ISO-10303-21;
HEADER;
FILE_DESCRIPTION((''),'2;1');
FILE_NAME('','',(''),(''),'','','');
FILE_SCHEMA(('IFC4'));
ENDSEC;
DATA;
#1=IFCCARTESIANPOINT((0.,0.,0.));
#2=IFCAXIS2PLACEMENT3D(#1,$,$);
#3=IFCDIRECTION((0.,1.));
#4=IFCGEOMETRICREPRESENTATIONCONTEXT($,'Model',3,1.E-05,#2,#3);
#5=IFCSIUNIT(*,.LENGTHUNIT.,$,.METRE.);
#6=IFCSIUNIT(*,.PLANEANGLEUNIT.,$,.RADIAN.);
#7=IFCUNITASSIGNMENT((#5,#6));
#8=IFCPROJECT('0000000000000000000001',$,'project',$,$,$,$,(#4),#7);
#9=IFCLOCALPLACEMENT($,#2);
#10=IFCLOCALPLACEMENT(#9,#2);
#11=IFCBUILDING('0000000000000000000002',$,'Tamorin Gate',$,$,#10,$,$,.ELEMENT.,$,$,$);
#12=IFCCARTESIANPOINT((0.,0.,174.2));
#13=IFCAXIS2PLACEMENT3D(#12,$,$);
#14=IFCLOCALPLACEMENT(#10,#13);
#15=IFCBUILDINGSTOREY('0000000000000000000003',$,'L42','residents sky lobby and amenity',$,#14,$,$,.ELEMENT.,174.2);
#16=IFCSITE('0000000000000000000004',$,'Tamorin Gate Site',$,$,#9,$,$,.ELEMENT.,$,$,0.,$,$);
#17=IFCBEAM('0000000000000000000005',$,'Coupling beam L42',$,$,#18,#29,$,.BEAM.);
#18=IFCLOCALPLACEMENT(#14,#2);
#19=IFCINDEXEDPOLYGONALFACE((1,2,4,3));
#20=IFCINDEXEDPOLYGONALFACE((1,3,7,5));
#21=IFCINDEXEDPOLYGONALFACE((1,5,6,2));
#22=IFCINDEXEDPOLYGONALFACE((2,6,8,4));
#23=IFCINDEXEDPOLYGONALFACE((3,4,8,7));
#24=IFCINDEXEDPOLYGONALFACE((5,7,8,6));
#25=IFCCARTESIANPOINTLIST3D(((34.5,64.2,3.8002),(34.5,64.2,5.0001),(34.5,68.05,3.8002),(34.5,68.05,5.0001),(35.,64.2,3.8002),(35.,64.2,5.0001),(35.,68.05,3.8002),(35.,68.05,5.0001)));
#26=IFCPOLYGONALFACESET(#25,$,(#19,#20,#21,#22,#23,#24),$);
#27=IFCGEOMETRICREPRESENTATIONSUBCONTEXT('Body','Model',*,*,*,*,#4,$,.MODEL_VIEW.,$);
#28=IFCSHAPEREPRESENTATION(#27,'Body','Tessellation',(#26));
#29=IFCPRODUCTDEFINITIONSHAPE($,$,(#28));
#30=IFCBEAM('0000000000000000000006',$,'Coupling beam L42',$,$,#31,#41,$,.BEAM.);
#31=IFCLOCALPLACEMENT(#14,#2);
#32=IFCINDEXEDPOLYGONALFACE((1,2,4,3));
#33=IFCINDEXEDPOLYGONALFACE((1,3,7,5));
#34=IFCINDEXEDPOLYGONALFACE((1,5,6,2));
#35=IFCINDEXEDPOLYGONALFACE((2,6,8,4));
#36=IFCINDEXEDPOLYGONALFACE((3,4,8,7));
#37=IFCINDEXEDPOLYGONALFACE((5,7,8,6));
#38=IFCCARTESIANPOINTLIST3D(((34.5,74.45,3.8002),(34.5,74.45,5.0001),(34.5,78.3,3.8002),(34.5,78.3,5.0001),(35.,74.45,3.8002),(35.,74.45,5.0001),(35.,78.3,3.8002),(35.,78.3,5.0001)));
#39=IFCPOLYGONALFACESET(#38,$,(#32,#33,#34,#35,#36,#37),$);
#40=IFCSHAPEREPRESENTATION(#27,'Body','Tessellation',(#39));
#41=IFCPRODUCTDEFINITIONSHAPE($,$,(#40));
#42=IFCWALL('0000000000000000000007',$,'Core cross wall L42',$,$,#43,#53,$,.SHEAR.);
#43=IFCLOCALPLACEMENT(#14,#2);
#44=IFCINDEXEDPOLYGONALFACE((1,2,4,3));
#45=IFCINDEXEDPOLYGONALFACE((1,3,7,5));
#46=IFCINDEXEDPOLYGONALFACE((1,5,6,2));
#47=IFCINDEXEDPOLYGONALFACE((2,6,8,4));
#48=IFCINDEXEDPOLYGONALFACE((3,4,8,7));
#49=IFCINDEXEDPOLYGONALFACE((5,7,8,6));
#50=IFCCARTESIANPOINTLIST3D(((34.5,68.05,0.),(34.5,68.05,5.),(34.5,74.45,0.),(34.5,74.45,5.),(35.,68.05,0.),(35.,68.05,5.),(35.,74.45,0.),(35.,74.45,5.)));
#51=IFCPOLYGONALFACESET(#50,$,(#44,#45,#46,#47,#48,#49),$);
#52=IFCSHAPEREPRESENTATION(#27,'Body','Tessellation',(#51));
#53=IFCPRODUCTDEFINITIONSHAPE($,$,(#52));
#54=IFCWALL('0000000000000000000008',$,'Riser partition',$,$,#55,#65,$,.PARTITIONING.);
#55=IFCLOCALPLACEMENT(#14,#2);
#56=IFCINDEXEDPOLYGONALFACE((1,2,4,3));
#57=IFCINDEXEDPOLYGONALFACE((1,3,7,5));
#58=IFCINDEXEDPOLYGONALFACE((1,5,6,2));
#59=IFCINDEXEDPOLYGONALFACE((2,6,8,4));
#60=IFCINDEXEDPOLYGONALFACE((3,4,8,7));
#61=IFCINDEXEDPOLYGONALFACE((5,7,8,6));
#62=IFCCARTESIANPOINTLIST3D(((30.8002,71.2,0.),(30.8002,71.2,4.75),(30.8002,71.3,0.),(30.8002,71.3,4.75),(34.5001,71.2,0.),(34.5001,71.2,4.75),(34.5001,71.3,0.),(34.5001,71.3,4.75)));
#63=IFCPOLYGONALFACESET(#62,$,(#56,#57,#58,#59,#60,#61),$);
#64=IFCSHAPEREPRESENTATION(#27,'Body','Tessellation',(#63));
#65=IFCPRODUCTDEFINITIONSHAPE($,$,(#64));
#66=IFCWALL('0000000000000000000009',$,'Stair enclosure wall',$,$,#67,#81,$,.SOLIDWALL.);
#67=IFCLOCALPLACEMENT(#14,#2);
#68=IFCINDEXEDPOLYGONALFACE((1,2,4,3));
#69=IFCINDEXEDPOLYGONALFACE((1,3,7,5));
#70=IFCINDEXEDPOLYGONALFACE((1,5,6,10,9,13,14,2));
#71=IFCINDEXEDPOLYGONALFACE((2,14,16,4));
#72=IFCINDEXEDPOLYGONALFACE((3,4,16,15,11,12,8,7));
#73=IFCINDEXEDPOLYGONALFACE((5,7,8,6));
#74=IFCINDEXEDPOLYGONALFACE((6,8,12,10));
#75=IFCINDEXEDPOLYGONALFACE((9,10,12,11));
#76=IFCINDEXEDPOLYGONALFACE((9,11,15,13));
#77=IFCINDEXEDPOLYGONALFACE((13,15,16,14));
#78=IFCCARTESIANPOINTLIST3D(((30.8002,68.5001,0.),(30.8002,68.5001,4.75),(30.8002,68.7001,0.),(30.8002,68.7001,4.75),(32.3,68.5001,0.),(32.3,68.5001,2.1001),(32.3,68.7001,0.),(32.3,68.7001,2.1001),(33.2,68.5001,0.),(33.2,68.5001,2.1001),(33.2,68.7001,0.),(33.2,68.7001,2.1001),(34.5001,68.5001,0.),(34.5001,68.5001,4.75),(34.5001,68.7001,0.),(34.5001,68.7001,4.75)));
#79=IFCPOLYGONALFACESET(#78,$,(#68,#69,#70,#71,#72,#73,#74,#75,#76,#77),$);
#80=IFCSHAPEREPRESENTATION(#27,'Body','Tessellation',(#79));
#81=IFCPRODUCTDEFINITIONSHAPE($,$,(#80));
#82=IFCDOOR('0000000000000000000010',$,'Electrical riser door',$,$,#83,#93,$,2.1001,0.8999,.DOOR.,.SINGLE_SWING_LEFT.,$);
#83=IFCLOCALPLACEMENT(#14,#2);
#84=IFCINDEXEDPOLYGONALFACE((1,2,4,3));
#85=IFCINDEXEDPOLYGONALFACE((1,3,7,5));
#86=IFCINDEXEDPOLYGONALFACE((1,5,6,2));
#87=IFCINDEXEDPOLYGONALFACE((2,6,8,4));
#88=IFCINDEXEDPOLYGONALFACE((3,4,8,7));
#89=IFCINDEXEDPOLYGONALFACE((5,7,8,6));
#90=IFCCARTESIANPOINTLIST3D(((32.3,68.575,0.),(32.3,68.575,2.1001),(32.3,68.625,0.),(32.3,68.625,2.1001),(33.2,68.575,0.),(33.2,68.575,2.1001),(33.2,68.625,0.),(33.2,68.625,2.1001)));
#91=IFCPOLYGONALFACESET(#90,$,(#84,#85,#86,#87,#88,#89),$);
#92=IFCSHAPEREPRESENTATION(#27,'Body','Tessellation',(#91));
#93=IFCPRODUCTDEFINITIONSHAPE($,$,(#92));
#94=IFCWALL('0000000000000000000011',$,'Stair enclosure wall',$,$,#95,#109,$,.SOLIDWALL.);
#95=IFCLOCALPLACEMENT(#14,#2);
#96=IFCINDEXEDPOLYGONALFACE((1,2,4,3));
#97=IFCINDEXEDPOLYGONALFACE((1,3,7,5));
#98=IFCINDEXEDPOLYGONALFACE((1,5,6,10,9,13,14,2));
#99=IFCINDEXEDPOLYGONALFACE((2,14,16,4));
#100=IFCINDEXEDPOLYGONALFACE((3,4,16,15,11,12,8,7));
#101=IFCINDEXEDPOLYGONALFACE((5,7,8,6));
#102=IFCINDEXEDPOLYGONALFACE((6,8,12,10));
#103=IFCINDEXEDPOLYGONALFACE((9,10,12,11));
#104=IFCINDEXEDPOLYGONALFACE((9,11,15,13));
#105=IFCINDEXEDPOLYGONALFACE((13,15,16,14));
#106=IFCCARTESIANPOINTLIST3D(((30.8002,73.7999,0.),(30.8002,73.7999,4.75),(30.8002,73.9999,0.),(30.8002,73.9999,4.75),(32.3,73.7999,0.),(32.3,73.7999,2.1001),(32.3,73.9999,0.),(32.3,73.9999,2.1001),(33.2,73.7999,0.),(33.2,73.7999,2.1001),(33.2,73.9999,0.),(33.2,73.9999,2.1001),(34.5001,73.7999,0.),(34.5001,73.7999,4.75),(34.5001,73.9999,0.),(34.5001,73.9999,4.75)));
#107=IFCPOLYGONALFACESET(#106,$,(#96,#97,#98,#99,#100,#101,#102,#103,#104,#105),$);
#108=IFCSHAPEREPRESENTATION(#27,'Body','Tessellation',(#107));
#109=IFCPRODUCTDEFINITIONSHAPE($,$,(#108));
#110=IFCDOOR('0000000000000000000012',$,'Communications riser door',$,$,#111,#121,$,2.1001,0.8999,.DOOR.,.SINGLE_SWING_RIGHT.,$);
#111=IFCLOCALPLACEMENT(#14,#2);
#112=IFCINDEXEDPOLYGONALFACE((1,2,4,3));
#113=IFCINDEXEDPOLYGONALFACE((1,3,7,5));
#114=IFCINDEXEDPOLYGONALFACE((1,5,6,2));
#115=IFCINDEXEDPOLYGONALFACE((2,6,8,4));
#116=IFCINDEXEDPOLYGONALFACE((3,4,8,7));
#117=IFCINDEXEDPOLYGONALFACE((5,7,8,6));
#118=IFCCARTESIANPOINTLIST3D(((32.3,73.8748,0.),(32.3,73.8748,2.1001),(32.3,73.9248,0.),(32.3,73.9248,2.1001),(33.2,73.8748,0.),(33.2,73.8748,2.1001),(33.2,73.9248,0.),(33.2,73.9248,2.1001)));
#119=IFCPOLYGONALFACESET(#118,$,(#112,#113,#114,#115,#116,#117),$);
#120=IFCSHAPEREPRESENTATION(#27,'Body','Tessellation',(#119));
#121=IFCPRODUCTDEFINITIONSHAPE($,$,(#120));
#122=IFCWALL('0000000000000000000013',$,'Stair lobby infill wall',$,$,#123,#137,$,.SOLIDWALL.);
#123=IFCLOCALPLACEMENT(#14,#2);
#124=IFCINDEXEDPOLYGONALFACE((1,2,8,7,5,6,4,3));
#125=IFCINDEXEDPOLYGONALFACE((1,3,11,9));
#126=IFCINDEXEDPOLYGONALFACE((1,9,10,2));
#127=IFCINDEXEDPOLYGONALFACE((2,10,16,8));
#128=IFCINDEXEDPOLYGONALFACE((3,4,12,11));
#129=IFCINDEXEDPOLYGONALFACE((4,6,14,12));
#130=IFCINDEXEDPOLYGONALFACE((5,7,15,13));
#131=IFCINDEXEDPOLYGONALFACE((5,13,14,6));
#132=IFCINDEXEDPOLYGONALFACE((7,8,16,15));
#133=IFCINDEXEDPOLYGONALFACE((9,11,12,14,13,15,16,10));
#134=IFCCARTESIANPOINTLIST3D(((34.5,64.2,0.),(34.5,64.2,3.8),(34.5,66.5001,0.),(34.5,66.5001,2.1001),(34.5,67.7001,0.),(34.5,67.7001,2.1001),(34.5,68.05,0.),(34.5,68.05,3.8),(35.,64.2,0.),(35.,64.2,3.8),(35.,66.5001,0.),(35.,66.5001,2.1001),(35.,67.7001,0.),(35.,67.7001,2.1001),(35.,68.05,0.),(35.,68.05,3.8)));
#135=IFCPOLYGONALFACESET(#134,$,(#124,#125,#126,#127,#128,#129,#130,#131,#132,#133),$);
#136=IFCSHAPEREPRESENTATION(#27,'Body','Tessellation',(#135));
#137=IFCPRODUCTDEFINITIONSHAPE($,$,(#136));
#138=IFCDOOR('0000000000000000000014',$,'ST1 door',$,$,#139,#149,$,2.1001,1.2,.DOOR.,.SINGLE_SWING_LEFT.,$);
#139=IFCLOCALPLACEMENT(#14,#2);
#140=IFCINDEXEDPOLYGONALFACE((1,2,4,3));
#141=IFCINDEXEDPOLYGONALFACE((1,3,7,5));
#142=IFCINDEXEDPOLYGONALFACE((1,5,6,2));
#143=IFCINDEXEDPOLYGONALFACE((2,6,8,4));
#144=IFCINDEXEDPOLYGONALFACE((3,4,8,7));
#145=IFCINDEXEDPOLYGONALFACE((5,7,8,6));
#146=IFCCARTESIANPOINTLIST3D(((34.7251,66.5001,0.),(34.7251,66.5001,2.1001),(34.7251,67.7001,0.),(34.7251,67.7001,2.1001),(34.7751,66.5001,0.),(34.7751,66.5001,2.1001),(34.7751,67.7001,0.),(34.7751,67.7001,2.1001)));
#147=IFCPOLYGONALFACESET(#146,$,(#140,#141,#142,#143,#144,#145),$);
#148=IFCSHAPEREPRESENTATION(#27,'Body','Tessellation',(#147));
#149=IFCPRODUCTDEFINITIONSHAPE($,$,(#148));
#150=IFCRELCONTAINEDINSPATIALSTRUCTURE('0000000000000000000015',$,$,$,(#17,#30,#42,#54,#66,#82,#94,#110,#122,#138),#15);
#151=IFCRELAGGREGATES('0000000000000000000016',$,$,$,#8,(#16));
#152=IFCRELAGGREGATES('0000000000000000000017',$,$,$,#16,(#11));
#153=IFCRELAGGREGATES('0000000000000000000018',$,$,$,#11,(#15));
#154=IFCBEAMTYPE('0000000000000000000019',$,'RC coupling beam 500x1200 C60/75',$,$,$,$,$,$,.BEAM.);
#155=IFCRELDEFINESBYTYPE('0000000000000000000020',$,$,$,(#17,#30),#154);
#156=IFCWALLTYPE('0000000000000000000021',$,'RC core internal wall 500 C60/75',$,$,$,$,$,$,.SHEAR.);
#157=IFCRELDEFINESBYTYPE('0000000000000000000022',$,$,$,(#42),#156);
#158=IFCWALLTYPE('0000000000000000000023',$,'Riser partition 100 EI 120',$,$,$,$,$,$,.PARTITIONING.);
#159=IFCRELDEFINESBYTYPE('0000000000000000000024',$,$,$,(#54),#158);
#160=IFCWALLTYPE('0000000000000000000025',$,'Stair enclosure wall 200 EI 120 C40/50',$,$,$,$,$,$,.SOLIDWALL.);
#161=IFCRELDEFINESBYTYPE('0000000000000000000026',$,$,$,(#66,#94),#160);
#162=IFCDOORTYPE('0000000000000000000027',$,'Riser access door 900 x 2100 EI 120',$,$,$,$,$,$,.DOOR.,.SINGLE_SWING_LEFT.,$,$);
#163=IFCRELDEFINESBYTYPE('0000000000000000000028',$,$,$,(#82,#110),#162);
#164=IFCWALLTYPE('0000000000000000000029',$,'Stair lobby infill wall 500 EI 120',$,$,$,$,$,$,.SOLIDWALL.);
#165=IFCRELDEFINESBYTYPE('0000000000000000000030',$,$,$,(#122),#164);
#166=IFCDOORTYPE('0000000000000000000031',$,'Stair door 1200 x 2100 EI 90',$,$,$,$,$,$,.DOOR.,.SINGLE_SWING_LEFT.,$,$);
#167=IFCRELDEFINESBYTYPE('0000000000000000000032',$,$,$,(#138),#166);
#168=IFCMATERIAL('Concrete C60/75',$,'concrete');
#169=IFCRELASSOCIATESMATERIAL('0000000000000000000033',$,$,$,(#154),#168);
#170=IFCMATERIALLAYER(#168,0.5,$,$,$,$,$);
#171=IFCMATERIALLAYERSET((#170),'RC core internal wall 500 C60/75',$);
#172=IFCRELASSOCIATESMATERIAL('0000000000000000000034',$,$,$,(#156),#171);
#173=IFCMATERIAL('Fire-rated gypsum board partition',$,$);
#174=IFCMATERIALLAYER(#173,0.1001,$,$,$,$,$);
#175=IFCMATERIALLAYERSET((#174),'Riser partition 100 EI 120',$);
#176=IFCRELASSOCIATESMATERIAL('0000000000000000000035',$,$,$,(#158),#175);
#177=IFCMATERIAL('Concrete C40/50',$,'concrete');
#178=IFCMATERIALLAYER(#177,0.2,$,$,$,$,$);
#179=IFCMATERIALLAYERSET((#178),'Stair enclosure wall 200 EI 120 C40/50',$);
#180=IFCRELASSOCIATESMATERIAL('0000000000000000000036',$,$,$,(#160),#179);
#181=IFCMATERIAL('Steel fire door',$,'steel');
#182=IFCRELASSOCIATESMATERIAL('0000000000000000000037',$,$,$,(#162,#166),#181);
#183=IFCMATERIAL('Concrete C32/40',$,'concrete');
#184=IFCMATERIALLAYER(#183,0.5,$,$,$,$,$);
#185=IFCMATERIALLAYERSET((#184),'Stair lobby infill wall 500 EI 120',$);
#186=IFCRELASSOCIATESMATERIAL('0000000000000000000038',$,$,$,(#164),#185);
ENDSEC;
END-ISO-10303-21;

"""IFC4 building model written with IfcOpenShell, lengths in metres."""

from ifc_helpers import new_model, si_unit, direction, frame, frame_2d, origin, origin_2d, place, context, subcontext, project, spatial, rectangle, extrude, material, layer, layer_set, material_profile, profile_set, type_object, element, fill, save


model = new_model("IFC4")

# Units and contexts
model_context = context("Model", 3, precision=1e-05, world=origin(), true_north=direction((0.0, 1.0)))
body_context = subcontext(model_context, "Body", "Model", "MODEL_VIEW")
ifc_project = project(units=[si_unit("LENGTHUNIT", "METRE"), si_unit("PLANEANGLEUNIT", "RADIAN")], contexts=[model_context])

# Site, building, storey
site_placement = place(None, origin())
site = spatial("IfcSite", under=ifc_project, at=site_placement, Name="Tamorin Gate Site", CompositionType="ELEMENT", RefElevation=0.0)
building_placement = place(site_placement, origin())
building = spatial("IfcBuilding", under=site, at=building_placement, Name="Tamorin Gate", CompositionType="ELEMENT")
storey_placement = place(building_placement, frame((0.0, 0.0, 174.2)))
storey = spatial("IfcBuildingStorey", under=building, at=storey_placement, Name="L42", Description="residents sky lobby and amenity", CompositionType="ELEMENT", Elevation=174.2)

# Beams
ifc_material_1 = material(Name="Concrete C60/75", Category="concrete")
ifc_material_profile = material_profile(ifc_material_1, rectangle(XDim=0.5, YDim=1.2, at=origin_2d()), Name="RC 500x1200")
ifc_profile_set = profile_set([ifc_material_profile], Name="Concrete C60/75")
beam_type = type_object("IfcBeamType", Name="RC coupling beam 500x1200 C60/75", PredefinedType="BEAM", material=ifc_profile_set)
for number, where, z_axis, x_axis, name in (
    (1, (34.75, 64.2, 4.4001), (0.0, 1.0, 0.0), (-1.0, 0.0, 0.0), "Coupling beam L42"),
    (2, (34.75, 74.45, 4.4001), (0.0, 1.0, 0.0), (-1.0, 0.0, 0.0), "Coupling beam L42"),
):
    element("IfcBeam", number, at=place(storey_placement, frame(where, z_axis=z_axis, x_axis=x_axis)), inside=storey, type_object=beam_type, Name=name, PredefinedType="BEAM", context=body_context, shape_type="SweptSolid", body=[
        extrude(rectangle(XDim=0.5, YDim=1.2, at=origin_2d()), origin(), (0.0, 0.0, 1.0), 3.8501),
    ])

# Walls
ifc_layer_1 = layer(ifc_material_1, 0.5)
ifc_layer_set_1 = layer_set([ifc_layer_1], Name="RC core internal wall 500 C60/75")
wall_type_1 = type_object("IfcWallType", Name="RC core internal wall 500 C60/75", PredefinedType="SHEAR", material=ifc_layer_set_1)
wall_1_placement = place(storey_placement, frame((34.75, 68.05, 0.0), z_axis=(0.0, 0.0, 1.0), x_axis=(0.0, 1.0, 0.0)))
element("IfcWall", 3, at=wall_1_placement, inside=storey, type_object=wall_type_1, Name="Core cross wall L42", PredefinedType="SHEAR", context=body_context, shape_type="SweptSolid", body=[
    extrude(rectangle(XDim=6.3999, YDim=0.5, at=frame_2d((3.2, 0.0))), origin(), (0.0, 0.0, 1.0), 5.0),
])
ifc_material_2 = material(Name="Fire-rated gypsum board partition")
ifc_layer_2 = layer(ifc_material_2, 0.1001)
ifc_layer_set_2 = layer_set([ifc_layer_2], Name="Riser partition 100 EI 120")
wall_type_2 = type_object("IfcWallType", Name="Riser partition 100 EI 120", PredefinedType="PARTITIONING", material=ifc_layer_set_2)
wall_2_placement = place(storey_placement, frame((30.8, 71.25, 0.0), z_axis=(0.0, 0.0, 1.0), x_axis=(1.0, 0.0, 0.0)))
element("IfcWall", 4, at=wall_2_placement, inside=storey, type_object=wall_type_2, Name="Riser partition", PredefinedType="PARTITIONING", context=body_context, shape_type="SweptSolid", body=[
    extrude(rectangle(XDim=3.7, YDim=0.1001, at=frame_2d((1.8501, 0.0))), origin(), (0.0, 0.0, 1.0), 4.75),
])

# Walls, openings, doors
ifc_material_3 = material(Name="Concrete C40/50", Category="concrete")
ifc_layer_3 = layer(ifc_material_3, 0.2)
ifc_layer_set_3 = layer_set([ifc_layer_3], Name="Stair enclosure wall 200 EI 120 C40/50")
wall_type_3 = type_object("IfcWallType", Name="Stair enclosure wall 200 EI 120 C40/50", PredefinedType="SOLIDWALL", material=ifc_layer_set_3)
wall_3_placement = place(storey_placement, frame((30.8, 68.6001, 0.0), z_axis=(0.0, 0.0, 1.0), x_axis=(1.0, 0.0, 0.0)))
wall_3 = element("IfcWall", 5, at=wall_3_placement, inside=storey, type_object=wall_type_3, Name="Stair enclosure wall", PredefinedType="SOLIDWALL", context=body_context, shape_type="SweptSolid", body=[
    extrude(rectangle(XDim=3.7, YDim=0.2, at=frame_2d((1.8501, 0.0))), origin(), (0.0, 0.0, 1.0), 4.75),
])
opening_1_placement = place(wall_3_placement, frame((1.5, 0.0, 0.0)))
opening_1 = element("IfcOpeningElement", 6, at=opening_1_placement, cuts=wall_3, PredefinedType="OPENING", context=body_context, shape_type="SweptSolid", body=[
    extrude(rectangle(XDim=0.8999, YDim=2.1001, at=frame_2d((0.45, 1.05))), frame((0.0, 0.1099, 0.0), z_axis=(0.0, -1.0, 0.0), x_axis=(1.0, 0.0, 0.0)), (0.0, 0.0, 1.0), 0.22),
])
ifc_material_4 = material(Name="Steel fire door", Category="steel")
door_type_1 = type_object("IfcDoorType", Name="Riser access door 900 x 2100 EI 120", OperationType="SINGLE_SWING_LEFT", PredefinedType="DOOR", material=ifc_material_4)
door_1_placement = place(opening_1_placement, origin())
door_1 = element("IfcDoor", 7, at=door_1_placement, inside=storey, type_object=door_type_1, Name="Electrical riser door", OperationType="SINGLE_SWING_LEFT", OverallHeight=2.1001, OverallWidth=0.8999, PredefinedType="DOOR", context=body_context, shape_type="SweptSolid", body=[
    extrude(rectangle(XDim=0.8999, YDim=2.1001, at=frame_2d((0.45, 1.05))), frame((0.0, 0.0249, 0.0), z_axis=(0.0, -1.0, 0.0), x_axis=(1.0, 0.0, 0.0)), (0.0, 0.0, 1.0), 0.05),
])
fill(opening_1, door_1)
wall_4_placement = place(storey_placement, frame((30.8, 73.8999, 0.0), z_axis=(0.0, 0.0, 1.0), x_axis=(1.0, 0.0, 0.0)))
wall_4 = element("IfcWall", 8, at=wall_4_placement, inside=storey, type_object=wall_type_3, Name="Stair enclosure wall", PredefinedType="SOLIDWALL", context=body_context, shape_type="SweptSolid", body=[
    extrude(rectangle(XDim=3.7, YDim=0.2, at=frame_2d((1.8501, 0.0))), origin(), (0.0, 0.0, 1.0), 4.75),
])
opening_2_placement = place(wall_4_placement, frame((1.5, 0.0, 0.0)))
opening_2 = element("IfcOpeningElement", 9, at=opening_2_placement, cuts=wall_4, PredefinedType="OPENING", context=body_context, shape_type="SweptSolid", body=[
    extrude(rectangle(XDim=0.8999, YDim=2.1001, at=frame_2d((0.45, 1.05))), frame((0.0, 0.1099, 0.0), z_axis=(0.0, -1.0, 0.0), x_axis=(1.0, 0.0, 0.0)), (0.0, 0.0, 1.0), 0.22),
])
door_2_placement = place(opening_2_placement, origin())
door_2 = element("IfcDoor", 10, at=door_2_placement, inside=storey, type_object=door_type_1, Name="Communications riser door", OperationType="SINGLE_SWING_RIGHT", OverallHeight=2.1001, OverallWidth=0.8999, PredefinedType="DOOR", context=body_context, shape_type="SweptSolid", body=[
    extrude(rectangle(XDim=0.8999, YDim=2.1001, at=frame_2d((0.45, 1.05))), frame((0.0, 0.0249, 0.0), z_axis=(0.0, -1.0, 0.0), x_axis=(1.0, 0.0, 0.0)), (0.0, 0.0, 1.0), 0.05),
])
fill(opening_2, door_2)
ifc_material_5 = material(Name="Concrete C32/40", Category="concrete")
ifc_layer_4 = layer(ifc_material_5, 0.5)
ifc_layer_set_4 = layer_set([ifc_layer_4], Name="Stair lobby infill wall 500 EI 120")
wall_type_4 = type_object("IfcWallType", Name="Stair lobby infill wall 500 EI 120", PredefinedType="SOLIDWALL", material=ifc_layer_set_4)
wall_5_placement = place(storey_placement, frame((34.75, 64.2, 0.0), z_axis=(0.0, 0.0, 1.0), x_axis=(0.0, 1.0, 0.0)))
wall_5 = element("IfcWall", 11, at=wall_5_placement, inside=storey, type_object=wall_type_4, Name="Stair lobby infill wall", PredefinedType="SOLIDWALL", context=body_context, shape_type="SweptSolid", body=[
    extrude(rectangle(XDim=3.8501, YDim=0.5, at=frame_2d((1.925, 0.0))), origin(), (0.0, 0.0, 1.0), 3.8),
])
opening_3_placement = place(wall_5_placement, frame((2.3, 0.0, 0.0)))
opening_3 = element("IfcOpeningElement", 12, at=opening_3_placement, cuts=wall_5, PredefinedType="OPENING", context=body_context, shape_type="SweptSolid", body=[
    extrude(rectangle(XDim=1.2, YDim=2.1001, at=frame_2d((0.6001, 1.05))), frame((0.0, 0.26, 0.0), z_axis=(0.0, -1.0, 0.0), x_axis=(1.0, 0.0, 0.0)), (0.0, 0.0, 1.0), 0.52),
])
door_type_2 = type_object("IfcDoorType", Name="Stair door 1200 x 2100 EI 90", OperationType="SINGLE_SWING_LEFT", PredefinedType="DOOR", material=ifc_material_4)
door_3_placement = place(opening_3_placement, origin())
door_3 = element("IfcDoor", 13, at=door_3_placement, inside=storey, type_object=door_type_2, Name="ST1 door", OperationType="SINGLE_SWING_LEFT", OverallHeight=2.1001, OverallWidth=1.2, PredefinedType="DOOR", context=body_context, shape_type="SweptSolid", body=[
    extrude(rectangle(XDim=1.2, YDim=2.1001, at=frame_2d((0.6001, 1.05))), frame((0.0, 0.0249, 0.0), z_axis=(0.0, -1.0, 0.0), x_axis=(1.0, 0.0, 0.0)), (0.0, 0.0, 1.0), 0.05),
])
fill(opening_3, door_3)

save(model, "model.ifc")
